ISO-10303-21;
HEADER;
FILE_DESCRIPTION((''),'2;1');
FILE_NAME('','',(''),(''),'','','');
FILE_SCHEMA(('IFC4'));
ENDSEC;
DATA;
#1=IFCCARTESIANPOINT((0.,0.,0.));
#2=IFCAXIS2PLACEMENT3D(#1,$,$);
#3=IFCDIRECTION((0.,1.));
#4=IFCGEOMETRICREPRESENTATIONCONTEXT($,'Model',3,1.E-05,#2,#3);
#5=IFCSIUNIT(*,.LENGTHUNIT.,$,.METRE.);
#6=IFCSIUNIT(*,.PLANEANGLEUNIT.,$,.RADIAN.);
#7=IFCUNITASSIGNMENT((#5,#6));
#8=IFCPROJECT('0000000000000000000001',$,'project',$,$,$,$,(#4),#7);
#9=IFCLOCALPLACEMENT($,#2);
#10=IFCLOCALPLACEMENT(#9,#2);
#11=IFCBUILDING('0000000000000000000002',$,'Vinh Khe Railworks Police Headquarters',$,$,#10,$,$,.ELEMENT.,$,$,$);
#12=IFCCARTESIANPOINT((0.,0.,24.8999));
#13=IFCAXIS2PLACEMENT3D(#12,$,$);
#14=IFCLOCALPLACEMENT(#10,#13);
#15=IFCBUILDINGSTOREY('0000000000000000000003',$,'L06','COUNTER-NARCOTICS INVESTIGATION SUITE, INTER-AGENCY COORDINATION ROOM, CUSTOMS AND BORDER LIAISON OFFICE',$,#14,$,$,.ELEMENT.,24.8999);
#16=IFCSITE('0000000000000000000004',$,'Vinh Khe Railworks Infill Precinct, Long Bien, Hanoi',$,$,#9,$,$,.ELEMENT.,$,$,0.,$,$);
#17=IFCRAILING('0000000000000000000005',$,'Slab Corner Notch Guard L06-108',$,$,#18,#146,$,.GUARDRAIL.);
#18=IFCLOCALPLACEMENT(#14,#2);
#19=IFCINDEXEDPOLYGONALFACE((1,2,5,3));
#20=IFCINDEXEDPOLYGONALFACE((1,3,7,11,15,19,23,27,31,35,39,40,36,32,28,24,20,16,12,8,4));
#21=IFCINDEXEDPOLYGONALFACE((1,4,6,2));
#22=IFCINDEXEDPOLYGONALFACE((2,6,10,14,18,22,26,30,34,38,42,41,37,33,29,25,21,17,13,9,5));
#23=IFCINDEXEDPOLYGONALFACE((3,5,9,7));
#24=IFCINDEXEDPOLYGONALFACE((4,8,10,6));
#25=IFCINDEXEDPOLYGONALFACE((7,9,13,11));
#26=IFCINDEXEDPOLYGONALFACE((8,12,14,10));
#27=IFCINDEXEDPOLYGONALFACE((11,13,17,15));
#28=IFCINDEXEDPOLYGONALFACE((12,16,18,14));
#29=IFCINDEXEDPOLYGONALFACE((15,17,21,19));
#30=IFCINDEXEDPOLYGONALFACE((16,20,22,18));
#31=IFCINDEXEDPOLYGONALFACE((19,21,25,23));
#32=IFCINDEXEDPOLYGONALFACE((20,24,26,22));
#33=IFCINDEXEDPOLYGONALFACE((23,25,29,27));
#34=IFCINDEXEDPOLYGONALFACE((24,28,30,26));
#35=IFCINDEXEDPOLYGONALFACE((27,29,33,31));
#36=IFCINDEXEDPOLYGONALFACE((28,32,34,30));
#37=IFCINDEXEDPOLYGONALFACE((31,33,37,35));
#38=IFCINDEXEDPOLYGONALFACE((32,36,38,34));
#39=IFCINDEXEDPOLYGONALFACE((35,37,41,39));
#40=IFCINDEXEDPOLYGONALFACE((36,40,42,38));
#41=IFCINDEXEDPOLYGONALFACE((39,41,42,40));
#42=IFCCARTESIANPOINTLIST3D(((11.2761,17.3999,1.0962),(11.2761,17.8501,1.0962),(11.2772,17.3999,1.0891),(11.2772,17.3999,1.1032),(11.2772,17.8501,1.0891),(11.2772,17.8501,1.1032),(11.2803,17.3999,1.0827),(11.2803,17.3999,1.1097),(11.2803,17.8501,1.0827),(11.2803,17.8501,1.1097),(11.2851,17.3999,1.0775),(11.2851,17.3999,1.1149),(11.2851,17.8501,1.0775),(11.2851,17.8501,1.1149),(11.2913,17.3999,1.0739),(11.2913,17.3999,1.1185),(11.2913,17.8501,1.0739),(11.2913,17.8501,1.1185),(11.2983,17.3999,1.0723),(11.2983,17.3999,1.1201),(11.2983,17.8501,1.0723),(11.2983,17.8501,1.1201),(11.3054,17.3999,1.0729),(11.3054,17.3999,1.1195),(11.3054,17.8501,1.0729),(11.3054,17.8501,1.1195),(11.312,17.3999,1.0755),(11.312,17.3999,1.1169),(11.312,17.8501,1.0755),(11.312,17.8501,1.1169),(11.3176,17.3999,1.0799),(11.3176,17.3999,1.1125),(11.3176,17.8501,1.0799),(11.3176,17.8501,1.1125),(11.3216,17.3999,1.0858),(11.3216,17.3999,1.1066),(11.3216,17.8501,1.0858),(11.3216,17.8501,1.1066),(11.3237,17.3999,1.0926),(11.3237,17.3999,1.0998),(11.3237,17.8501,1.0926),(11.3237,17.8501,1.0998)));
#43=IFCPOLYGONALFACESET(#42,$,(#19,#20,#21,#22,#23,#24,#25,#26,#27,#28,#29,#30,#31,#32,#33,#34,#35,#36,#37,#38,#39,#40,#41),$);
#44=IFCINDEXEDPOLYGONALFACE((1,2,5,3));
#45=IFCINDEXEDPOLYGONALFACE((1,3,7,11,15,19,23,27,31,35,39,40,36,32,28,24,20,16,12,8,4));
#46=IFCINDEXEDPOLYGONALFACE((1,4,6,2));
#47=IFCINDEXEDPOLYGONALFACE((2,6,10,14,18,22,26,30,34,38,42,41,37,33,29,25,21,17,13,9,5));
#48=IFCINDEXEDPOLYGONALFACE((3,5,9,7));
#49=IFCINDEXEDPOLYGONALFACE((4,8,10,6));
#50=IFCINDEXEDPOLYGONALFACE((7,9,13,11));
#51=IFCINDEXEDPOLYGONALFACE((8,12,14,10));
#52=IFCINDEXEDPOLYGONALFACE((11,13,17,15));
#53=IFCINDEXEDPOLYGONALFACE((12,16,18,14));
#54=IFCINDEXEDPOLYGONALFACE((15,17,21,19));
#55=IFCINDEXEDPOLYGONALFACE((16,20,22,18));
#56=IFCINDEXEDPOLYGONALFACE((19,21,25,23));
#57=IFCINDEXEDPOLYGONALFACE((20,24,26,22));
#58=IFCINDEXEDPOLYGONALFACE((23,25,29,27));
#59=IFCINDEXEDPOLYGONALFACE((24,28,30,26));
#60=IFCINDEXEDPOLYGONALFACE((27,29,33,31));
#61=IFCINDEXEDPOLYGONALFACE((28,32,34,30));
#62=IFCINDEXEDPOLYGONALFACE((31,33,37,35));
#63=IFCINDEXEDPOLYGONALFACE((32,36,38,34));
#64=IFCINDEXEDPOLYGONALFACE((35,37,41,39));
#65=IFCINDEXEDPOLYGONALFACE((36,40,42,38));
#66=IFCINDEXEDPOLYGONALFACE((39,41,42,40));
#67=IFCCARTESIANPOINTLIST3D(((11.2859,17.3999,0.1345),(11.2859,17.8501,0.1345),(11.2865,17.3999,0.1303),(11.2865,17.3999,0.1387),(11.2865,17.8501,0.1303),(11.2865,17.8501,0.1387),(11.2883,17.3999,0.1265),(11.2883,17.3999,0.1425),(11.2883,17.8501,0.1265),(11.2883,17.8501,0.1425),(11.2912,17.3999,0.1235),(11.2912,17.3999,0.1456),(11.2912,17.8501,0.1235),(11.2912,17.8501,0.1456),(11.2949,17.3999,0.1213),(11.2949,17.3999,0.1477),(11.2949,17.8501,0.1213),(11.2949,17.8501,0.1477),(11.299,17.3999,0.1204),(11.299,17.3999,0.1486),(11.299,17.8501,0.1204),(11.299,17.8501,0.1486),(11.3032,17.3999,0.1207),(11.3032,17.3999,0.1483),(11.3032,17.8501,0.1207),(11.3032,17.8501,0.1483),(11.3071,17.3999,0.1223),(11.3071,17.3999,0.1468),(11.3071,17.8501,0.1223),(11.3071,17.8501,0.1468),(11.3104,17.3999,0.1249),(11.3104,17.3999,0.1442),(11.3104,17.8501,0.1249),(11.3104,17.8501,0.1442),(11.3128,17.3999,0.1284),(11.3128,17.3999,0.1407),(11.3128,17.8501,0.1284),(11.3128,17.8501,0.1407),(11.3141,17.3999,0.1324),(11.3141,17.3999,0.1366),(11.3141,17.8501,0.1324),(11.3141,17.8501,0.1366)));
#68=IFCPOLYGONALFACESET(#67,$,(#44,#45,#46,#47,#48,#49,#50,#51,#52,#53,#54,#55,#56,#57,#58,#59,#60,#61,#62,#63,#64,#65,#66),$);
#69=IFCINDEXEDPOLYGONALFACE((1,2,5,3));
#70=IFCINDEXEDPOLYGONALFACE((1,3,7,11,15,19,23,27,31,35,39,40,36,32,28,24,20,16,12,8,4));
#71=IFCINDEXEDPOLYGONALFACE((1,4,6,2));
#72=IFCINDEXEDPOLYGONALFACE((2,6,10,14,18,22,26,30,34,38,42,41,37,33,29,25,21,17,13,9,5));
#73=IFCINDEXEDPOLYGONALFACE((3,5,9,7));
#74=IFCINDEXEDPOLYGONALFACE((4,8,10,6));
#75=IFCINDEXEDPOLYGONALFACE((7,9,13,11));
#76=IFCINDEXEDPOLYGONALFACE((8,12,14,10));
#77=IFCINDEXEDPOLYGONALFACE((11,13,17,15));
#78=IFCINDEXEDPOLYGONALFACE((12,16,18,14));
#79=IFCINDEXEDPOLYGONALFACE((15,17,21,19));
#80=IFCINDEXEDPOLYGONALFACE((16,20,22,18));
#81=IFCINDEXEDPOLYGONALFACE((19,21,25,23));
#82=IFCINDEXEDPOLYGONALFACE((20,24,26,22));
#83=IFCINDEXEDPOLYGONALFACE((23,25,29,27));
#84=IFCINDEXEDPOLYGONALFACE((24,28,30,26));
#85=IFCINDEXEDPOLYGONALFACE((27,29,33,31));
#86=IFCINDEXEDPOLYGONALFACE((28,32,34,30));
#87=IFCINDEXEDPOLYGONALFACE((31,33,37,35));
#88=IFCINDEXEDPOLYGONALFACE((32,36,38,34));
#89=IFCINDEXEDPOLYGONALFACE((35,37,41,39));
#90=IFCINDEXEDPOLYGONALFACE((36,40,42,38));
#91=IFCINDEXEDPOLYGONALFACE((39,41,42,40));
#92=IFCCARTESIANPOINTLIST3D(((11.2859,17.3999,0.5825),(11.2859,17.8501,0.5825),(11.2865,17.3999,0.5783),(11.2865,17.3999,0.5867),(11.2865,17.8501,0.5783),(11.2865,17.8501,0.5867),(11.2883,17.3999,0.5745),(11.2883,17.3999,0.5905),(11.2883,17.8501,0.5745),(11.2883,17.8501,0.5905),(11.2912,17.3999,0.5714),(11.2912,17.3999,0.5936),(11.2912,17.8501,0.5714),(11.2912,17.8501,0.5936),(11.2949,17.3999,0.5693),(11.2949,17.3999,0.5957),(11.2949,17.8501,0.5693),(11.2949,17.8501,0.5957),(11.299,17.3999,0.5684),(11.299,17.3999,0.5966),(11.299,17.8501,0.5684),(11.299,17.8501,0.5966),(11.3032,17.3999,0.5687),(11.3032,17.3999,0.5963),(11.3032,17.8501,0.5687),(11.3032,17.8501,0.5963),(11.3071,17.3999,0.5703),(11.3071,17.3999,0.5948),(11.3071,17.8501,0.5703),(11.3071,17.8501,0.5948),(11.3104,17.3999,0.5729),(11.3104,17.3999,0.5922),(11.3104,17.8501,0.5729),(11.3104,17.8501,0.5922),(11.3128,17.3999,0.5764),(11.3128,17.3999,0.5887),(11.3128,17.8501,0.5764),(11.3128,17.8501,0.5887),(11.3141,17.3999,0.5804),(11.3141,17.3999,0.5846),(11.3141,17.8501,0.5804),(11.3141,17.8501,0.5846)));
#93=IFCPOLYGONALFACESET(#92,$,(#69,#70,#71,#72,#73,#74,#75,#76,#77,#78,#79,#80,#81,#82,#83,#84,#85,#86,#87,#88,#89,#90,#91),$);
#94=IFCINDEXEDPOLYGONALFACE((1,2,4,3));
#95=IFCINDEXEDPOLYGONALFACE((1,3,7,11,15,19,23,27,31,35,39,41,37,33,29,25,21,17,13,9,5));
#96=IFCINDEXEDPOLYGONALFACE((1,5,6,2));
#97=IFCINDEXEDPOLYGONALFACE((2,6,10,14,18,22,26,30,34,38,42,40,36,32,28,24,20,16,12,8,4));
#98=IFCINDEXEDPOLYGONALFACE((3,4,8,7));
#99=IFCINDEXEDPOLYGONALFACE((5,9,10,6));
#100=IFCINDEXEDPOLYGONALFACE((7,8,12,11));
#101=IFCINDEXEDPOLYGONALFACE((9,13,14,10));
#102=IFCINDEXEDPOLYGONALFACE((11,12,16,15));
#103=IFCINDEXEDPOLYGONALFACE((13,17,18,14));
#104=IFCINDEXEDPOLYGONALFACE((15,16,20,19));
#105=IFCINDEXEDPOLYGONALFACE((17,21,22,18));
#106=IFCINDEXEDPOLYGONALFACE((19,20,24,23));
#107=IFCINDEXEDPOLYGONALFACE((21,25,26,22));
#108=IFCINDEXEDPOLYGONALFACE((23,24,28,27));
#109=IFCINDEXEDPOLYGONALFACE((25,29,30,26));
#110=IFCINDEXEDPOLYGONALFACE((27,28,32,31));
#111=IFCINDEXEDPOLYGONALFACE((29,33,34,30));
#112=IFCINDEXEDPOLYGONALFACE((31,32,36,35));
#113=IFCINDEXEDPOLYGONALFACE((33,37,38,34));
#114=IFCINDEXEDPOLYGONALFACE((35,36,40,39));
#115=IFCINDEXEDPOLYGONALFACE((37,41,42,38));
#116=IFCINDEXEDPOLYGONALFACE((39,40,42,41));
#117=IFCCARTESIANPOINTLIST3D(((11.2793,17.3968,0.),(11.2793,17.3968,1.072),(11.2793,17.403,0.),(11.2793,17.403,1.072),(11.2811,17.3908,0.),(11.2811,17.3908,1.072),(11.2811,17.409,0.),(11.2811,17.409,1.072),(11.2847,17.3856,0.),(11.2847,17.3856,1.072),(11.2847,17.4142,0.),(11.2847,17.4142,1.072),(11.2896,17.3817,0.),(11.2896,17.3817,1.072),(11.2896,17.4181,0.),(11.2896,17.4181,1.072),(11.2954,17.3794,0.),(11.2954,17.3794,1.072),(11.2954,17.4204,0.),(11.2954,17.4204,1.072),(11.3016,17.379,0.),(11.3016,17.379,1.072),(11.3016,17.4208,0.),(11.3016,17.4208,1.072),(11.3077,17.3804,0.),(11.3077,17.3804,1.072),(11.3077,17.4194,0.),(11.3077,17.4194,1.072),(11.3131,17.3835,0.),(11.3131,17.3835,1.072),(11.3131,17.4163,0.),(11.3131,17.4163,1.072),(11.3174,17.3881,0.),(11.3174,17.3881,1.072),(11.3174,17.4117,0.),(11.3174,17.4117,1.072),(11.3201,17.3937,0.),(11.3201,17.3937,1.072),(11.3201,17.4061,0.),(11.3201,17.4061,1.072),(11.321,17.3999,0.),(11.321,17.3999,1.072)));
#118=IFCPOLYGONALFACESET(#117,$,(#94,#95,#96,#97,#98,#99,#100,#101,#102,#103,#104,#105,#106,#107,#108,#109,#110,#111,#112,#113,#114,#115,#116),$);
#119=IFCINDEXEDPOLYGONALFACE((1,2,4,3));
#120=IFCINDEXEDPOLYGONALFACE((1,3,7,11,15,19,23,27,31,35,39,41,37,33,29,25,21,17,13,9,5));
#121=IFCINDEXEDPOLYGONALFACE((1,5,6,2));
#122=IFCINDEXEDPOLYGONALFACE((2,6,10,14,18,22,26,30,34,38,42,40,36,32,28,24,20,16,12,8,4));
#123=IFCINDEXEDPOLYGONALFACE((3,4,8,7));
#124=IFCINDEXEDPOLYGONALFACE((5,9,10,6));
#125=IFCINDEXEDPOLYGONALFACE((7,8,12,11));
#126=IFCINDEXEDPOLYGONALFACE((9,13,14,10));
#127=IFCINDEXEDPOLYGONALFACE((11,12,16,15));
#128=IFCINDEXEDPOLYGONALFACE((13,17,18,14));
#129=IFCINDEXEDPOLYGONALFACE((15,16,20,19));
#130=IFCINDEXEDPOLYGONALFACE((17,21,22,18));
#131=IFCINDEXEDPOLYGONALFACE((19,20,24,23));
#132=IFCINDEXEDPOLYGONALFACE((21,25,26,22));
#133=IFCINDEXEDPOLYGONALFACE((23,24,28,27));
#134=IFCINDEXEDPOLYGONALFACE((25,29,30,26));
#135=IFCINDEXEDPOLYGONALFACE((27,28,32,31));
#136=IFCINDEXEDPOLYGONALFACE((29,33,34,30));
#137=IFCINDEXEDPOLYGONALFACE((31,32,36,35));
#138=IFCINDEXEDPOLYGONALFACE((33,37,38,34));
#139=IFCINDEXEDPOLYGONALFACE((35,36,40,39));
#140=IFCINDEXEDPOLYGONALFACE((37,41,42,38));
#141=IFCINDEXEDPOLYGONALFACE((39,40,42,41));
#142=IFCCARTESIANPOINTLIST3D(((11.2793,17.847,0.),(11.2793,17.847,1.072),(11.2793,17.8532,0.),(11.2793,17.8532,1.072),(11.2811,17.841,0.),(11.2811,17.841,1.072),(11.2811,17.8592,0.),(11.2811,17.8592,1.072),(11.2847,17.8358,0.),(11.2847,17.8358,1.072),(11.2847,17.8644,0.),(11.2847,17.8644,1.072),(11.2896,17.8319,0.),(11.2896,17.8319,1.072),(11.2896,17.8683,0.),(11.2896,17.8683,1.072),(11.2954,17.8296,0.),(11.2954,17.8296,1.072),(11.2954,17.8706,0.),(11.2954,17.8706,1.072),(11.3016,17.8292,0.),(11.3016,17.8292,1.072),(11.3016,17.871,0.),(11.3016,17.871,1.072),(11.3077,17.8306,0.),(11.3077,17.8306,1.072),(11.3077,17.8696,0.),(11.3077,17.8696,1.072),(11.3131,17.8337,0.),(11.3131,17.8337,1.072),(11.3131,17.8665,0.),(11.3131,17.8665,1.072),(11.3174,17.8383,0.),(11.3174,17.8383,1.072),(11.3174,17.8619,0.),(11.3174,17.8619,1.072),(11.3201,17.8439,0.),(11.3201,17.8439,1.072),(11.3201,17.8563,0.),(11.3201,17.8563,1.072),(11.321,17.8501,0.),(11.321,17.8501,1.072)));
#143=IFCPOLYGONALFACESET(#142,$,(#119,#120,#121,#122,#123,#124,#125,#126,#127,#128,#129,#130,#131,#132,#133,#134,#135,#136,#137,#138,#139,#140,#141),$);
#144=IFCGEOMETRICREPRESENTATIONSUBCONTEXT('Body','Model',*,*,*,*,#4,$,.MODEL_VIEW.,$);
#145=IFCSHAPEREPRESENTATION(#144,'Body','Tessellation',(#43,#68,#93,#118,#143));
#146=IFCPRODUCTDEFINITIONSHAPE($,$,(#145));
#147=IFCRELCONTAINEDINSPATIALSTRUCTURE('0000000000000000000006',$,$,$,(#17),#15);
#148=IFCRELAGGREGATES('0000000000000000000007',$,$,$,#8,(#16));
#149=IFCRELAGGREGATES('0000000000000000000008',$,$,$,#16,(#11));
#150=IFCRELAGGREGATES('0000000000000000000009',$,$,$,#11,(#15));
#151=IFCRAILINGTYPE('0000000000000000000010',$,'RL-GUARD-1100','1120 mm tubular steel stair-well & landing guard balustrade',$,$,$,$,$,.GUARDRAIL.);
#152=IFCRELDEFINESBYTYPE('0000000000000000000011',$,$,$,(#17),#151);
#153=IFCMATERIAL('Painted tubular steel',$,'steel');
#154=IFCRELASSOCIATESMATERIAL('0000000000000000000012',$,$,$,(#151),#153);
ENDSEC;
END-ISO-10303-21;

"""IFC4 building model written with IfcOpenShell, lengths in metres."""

from ifc_helpers import new_model, si_unit, direction, frame, origin, origin_2d, place, context, subcontext, project, spatial, circle, extrude, material, type_object, element, save


model = new_model("IFC4")

# Units and contexts
model_context = context("Model", 3, precision=1e-05, world=origin(), true_north=direction((0.0, 1.0)))
body_context = subcontext(model_context, "Body", "Model", "MODEL_VIEW")
ifc_project = project(units=[si_unit("LENGTHUNIT", "METRE"), si_unit("PLANEANGLEUNIT", "RADIAN")], contexts=[model_context])

# Site, building, storey
site_placement = place(None, origin())
site = spatial("IfcSite", under=ifc_project, at=site_placement, Name="Vinh Khe Railworks Infill Precinct, Long Bien, Hanoi", CompositionType="ELEMENT", RefElevation=0.0)
building_placement = place(site_placement, origin())
building = spatial("IfcBuilding", under=site, at=building_placement, Name="Vinh Khe Railworks Police Headquarters", CompositionType="ELEMENT")
storey_placement = place(building_placement, frame((0.0, 0.0, 24.8999)))
storey = spatial("IfcBuildingStorey", under=building, at=storey_placement, Name="L06", Description="COUNTER-NARCOTICS INVESTIGATION SUITE, INTER-AGENCY COORDINATION ROOM, CUSTOMS AND BORDER LIAISON OFFICE", CompositionType="ELEMENT", Elevation=24.8999)

# Railing
ifc_material_1 = material(Name="Painted tubular steel", Category="steel")
railing_type = type_object("IfcRailingType", Name="RL-GUARD-1100", Description="1120 mm tubular steel stair-well & landing guard balustrade", PredefinedType="GUARDRAIL", material=ifc_material_1)
railing_placement = place(storey_placement, frame((11.3, 17.3999, 0.0)))
element("IfcRailing", 1, at=railing_placement, inside=storey, type_object=railing_type, Name="Slab Corner Notch Guard L06-108", PredefinedType="GUARDRAIL", context=body_context, shape_type="SweptSolid", body=[
    extrude(circle(Radius=0.0239, at=origin_2d()), frame((0.0, 0.0, 1.0962), z_axis=(0.0, 1.0, 0.0), x_axis=(-1.0, 0.0, 0.0)), (0.0, 0.0, 1.0), 0.4502),
    extrude(circle(Radius=0.0142, at=origin_2d()), frame((0.0, 0.0, 0.1345), z_axis=(0.0, 1.0, 0.0), x_axis=(-1.0, 0.0, 0.0)), (0.0, 0.0, 1.0), 0.4502),
    extrude(circle(Radius=0.0142, at=origin_2d()), frame((0.0, 0.0, 0.5825), z_axis=(0.0, 1.0, 0.0), x_axis=(-1.0, 0.0, 0.0)), (0.0, 0.0, 1.0), 0.4502),
    extrude(circle(Radius=0.021, at=origin_2d()), origin(), (0.0, 0.0, 1.0), 1.072),
    extrude(circle(Radius=0.021, at=origin_2d()), frame((0.0, 0.4502, 0.0)), (0.0, 0.0, 1.0), 1.072),
])

save(model, "model.ifc")
